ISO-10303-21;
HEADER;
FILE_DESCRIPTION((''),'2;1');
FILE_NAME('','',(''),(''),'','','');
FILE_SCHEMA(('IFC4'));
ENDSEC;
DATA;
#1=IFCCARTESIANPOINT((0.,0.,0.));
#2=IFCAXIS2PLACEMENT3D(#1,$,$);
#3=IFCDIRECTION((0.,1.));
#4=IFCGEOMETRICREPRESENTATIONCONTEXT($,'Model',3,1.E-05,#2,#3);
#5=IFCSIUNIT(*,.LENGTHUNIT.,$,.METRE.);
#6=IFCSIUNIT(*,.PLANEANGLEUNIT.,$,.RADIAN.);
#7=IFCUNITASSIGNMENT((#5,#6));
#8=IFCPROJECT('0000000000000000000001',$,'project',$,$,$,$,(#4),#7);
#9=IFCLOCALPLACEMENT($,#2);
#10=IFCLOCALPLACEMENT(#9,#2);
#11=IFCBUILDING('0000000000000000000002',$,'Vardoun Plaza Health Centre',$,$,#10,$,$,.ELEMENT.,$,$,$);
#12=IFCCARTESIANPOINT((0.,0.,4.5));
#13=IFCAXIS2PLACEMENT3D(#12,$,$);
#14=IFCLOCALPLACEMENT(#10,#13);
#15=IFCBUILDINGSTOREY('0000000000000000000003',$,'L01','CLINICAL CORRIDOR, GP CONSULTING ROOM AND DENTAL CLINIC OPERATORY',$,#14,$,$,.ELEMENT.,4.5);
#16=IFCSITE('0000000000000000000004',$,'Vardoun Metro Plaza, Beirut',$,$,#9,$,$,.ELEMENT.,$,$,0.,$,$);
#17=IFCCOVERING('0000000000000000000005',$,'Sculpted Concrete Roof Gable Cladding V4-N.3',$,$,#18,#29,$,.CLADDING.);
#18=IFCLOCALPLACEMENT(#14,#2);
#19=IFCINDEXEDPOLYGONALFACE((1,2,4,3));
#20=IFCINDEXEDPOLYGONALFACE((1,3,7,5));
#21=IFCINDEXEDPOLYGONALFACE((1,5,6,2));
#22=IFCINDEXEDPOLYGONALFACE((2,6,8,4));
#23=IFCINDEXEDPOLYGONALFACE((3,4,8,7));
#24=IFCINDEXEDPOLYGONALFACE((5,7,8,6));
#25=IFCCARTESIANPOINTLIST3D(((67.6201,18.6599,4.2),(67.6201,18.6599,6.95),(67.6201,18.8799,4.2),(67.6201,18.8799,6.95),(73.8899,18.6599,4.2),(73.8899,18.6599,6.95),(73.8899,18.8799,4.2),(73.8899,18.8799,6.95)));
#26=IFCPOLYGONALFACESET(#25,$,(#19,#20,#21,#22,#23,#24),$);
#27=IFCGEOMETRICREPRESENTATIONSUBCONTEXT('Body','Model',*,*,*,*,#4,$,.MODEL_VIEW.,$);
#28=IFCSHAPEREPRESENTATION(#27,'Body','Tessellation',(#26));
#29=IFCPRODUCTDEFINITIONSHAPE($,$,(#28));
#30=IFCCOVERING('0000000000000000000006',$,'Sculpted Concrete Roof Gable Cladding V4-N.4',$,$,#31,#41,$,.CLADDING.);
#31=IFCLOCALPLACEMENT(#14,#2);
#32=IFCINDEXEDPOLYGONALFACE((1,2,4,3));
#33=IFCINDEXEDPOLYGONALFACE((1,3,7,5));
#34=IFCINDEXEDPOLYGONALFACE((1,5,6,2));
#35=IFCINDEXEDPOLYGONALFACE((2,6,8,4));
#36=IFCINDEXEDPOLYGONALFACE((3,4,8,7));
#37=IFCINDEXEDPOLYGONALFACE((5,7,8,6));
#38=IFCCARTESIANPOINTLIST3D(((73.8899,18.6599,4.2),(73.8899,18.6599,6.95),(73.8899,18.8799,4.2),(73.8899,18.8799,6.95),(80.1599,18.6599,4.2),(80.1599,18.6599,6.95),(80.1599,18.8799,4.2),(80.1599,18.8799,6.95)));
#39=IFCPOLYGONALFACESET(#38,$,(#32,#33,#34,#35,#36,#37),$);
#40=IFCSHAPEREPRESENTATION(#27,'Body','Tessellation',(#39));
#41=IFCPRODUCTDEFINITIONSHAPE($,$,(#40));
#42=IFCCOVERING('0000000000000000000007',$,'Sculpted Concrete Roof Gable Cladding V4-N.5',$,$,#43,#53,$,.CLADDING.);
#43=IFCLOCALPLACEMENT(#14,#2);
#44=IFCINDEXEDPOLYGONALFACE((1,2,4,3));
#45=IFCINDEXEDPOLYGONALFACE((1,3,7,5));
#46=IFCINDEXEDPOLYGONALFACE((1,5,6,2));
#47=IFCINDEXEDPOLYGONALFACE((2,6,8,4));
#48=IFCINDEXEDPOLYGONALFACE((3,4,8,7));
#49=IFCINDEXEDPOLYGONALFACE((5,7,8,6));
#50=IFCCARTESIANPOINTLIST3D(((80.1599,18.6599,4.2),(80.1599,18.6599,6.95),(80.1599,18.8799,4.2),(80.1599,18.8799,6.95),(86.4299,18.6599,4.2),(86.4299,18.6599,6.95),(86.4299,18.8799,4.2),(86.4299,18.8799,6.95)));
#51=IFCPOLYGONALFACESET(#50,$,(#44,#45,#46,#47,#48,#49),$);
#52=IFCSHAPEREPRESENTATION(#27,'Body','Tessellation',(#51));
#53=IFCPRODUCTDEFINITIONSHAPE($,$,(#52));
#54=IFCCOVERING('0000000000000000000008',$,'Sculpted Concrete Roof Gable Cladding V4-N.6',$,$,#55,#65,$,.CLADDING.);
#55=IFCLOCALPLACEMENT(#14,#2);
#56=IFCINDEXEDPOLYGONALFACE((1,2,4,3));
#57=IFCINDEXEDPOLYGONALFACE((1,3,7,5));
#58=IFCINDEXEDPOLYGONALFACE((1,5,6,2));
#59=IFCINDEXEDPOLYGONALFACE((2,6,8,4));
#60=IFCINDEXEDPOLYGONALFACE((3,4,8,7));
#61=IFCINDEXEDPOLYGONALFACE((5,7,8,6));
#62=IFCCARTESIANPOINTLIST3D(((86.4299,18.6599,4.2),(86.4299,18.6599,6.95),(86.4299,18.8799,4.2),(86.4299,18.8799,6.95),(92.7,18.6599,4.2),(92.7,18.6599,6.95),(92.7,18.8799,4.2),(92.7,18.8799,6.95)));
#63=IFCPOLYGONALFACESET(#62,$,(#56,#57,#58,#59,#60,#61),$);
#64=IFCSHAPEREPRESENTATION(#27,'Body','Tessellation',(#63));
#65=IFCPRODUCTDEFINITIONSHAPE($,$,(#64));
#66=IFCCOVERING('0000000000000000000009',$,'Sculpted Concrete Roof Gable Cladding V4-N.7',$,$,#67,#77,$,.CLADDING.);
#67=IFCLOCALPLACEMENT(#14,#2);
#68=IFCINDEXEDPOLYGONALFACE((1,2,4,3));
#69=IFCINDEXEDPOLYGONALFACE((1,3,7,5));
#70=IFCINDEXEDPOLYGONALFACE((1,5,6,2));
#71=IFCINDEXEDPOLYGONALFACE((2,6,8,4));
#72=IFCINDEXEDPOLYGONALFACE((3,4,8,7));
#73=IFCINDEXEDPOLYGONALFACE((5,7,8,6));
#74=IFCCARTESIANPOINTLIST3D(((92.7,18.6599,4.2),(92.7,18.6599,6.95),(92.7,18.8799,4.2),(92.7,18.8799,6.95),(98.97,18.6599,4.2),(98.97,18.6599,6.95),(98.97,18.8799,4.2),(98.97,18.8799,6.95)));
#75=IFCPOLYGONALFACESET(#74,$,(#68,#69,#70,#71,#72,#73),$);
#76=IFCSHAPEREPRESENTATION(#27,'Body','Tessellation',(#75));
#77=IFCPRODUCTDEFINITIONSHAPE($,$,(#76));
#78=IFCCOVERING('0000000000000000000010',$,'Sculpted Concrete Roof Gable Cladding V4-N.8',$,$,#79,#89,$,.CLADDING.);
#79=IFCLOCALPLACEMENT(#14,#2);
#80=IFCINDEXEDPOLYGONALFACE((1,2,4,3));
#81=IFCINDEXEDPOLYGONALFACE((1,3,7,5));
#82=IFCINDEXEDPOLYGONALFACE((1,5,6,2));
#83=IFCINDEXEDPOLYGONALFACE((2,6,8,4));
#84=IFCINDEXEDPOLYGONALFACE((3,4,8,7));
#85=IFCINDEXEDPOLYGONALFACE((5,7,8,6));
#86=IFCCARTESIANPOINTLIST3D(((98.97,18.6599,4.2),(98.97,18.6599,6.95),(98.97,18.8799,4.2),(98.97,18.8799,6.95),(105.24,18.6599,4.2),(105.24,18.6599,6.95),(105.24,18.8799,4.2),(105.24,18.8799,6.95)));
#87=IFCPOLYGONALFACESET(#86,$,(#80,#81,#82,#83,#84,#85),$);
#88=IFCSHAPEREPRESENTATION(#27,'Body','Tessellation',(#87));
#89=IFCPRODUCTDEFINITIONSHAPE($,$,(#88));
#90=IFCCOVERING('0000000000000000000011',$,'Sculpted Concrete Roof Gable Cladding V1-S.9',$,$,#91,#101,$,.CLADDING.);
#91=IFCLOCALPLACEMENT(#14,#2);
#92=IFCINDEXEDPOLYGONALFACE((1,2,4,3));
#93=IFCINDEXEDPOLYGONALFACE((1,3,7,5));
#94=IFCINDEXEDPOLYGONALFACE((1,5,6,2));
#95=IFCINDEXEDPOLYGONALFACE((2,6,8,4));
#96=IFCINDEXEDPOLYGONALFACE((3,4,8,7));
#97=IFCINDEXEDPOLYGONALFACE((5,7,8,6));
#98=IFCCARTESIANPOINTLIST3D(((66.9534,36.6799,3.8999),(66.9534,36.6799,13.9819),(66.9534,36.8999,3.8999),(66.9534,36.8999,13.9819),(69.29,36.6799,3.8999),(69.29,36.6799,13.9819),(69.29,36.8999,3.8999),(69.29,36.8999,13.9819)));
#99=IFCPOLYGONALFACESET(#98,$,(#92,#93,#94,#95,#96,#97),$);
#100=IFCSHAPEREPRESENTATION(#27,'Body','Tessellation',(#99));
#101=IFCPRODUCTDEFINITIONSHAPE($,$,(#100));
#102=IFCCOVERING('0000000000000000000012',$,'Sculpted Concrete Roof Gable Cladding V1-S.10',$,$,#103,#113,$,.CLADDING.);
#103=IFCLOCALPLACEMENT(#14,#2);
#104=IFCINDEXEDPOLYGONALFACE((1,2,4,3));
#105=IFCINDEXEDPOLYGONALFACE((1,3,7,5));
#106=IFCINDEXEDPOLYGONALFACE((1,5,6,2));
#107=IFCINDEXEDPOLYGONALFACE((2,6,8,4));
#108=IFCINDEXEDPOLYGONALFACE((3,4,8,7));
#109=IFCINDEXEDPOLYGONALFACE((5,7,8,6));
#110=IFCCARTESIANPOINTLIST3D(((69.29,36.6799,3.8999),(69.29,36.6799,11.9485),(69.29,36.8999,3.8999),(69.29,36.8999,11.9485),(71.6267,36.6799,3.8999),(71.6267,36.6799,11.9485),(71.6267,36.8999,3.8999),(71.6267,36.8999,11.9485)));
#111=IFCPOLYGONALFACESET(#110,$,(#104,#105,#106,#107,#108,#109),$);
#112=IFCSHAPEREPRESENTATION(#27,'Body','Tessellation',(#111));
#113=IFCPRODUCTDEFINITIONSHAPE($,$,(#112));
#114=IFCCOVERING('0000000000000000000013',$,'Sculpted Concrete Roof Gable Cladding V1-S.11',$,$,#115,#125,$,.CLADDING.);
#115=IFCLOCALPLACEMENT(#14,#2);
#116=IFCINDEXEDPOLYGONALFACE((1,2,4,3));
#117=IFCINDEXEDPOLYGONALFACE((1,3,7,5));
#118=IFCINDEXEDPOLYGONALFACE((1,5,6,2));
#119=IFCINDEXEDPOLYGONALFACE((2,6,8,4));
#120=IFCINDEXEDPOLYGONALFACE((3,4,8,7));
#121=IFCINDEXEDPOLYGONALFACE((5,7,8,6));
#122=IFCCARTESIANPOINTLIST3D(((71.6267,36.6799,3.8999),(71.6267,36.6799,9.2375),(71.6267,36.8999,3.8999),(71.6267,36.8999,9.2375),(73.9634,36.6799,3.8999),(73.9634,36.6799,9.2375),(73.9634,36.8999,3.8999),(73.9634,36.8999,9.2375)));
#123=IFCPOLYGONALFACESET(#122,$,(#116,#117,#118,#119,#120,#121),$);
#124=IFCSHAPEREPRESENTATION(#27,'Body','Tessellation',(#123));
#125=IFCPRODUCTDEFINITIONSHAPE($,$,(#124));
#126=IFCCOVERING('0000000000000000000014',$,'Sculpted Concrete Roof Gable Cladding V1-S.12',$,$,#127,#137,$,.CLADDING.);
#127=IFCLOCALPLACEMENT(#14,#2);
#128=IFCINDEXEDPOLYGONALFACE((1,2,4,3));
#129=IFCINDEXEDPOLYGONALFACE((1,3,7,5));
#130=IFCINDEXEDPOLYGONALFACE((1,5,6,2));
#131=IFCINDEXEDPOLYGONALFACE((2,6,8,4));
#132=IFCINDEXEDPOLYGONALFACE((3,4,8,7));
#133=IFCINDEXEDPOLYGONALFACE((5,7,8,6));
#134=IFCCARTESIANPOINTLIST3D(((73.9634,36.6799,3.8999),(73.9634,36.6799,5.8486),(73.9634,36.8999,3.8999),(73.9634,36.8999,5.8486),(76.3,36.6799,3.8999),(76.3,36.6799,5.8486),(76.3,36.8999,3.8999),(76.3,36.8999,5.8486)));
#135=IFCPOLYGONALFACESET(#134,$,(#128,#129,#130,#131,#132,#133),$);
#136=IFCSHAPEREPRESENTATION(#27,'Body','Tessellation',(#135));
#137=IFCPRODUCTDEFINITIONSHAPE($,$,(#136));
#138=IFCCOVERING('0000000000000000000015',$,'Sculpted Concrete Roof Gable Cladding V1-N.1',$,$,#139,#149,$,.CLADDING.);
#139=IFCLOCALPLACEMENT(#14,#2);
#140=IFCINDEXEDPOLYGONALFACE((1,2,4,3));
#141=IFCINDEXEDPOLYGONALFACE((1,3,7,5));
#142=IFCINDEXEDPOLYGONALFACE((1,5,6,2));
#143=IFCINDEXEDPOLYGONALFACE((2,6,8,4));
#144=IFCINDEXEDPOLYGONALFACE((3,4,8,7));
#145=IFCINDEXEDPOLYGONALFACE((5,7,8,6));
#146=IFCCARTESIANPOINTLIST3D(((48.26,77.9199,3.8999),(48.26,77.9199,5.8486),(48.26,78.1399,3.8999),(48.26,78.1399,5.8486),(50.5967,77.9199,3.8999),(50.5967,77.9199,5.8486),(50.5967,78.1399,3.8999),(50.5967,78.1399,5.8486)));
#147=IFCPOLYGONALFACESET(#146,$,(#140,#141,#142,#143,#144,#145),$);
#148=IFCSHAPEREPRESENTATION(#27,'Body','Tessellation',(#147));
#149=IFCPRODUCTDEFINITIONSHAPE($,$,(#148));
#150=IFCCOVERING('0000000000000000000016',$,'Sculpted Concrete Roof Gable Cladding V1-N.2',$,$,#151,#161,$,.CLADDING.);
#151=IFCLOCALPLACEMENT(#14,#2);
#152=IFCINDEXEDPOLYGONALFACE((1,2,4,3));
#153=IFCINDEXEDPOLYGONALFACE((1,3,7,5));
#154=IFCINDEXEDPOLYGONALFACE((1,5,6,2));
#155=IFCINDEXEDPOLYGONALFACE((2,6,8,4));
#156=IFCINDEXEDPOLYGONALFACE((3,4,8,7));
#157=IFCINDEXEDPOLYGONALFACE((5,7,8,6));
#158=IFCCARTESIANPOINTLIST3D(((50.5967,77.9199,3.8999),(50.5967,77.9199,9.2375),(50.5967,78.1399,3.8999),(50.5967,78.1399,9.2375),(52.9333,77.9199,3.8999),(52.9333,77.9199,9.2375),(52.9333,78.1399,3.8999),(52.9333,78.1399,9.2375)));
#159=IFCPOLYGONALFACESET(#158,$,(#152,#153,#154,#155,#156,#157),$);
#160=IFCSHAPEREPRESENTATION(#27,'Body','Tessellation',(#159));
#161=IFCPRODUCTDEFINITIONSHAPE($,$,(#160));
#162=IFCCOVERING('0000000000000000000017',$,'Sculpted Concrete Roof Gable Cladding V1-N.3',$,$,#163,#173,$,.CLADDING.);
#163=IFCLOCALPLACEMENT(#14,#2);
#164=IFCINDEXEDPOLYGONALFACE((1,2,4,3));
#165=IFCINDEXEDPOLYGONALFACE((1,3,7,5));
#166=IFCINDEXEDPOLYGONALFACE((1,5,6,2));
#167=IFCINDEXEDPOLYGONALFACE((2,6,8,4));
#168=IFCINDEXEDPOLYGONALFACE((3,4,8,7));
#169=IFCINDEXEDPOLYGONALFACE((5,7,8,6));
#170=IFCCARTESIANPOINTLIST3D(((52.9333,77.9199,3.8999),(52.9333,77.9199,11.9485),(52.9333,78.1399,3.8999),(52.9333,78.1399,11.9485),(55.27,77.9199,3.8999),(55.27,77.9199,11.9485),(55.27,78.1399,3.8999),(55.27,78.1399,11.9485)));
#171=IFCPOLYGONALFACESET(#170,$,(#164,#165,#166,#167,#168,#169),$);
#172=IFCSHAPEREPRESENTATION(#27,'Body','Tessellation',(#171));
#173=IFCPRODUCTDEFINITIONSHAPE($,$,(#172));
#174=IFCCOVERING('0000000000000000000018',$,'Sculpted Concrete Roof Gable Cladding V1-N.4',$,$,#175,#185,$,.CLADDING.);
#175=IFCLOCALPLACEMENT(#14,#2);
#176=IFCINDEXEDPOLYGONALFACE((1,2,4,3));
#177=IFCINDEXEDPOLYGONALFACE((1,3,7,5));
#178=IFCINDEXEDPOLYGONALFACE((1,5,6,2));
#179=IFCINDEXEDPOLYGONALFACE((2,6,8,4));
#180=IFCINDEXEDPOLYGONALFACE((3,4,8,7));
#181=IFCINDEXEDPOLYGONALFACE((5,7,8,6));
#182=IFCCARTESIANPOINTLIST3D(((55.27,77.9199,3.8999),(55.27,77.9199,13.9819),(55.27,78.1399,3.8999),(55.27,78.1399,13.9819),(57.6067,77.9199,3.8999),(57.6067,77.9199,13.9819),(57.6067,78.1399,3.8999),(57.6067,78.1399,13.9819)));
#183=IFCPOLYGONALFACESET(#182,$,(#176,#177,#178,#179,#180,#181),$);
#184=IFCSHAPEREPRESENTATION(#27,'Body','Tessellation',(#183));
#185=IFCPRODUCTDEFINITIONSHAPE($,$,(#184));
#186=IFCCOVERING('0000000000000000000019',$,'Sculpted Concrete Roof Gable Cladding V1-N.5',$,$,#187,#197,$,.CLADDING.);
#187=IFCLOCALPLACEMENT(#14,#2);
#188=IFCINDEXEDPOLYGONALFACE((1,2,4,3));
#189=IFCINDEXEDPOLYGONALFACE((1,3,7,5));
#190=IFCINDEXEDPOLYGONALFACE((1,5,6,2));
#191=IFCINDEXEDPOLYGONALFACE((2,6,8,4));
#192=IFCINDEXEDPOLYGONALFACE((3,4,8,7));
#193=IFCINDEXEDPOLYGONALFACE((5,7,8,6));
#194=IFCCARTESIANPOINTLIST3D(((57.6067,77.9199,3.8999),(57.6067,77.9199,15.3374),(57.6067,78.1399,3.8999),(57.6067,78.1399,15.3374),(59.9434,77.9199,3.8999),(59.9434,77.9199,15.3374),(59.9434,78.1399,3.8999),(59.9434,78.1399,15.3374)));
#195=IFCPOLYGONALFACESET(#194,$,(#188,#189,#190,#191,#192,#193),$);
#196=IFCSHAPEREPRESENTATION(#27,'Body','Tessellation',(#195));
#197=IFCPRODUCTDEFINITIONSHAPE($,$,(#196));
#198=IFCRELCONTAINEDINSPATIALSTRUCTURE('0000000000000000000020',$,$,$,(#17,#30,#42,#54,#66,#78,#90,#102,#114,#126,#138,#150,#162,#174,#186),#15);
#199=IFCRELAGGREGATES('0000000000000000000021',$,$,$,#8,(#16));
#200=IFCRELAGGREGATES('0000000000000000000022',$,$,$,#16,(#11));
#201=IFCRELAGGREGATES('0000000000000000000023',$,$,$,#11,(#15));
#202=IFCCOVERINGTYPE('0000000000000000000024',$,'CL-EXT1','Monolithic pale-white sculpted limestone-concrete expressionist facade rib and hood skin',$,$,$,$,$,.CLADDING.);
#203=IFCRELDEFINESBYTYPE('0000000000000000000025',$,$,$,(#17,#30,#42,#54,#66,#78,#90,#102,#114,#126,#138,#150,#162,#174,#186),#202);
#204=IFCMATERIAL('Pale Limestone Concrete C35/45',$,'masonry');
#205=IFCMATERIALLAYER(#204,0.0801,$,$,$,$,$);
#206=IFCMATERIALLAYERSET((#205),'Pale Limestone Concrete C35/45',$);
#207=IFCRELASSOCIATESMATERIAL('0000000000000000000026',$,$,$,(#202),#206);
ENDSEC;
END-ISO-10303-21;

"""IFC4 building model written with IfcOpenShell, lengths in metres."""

from ifc_helpers import new_model, si_unit, direction, frame, origin, place, context, subcontext, project, spatial, polyline, outline, extrude, material, layer, layer_set, type_object, element, save


model = new_model("IFC4")

# Units and contexts
model_context = context("Model", 3, precision=1e-05, world=origin(), true_north=direction((0.0, 1.0)))
body_context = subcontext(model_context, "Body", "Model", "MODEL_VIEW")
ifc_project = project(units=[si_unit("LENGTHUNIT", "METRE"), si_unit("PLANEANGLEUNIT", "RADIAN")], contexts=[model_context])

# Site, building, storey
site_placement = place(None, origin())
site = spatial("IfcSite", under=ifc_project, at=site_placement, Name="Vardoun Metro Plaza, Beirut", CompositionType="ELEMENT", RefElevation=0.0)
building_placement = place(site_placement, origin())
building = spatial("IfcBuilding", under=site, at=building_placement, Name="Vardoun Plaza Health Centre", CompositionType="ELEMENT")
storey_placement = place(building_placement, frame((0.0, 0.0, 4.5)))
storey = spatial("IfcBuildingStorey", under=building, at=storey_placement, Name="L01", Description="CLINICAL CORRIDOR, GP CONSULTING ROOM AND DENTAL CLINIC OPERATORY", CompositionType="ELEMENT", Elevation=4.5)

# Coverings
ifc_material = material(Name="Pale Limestone Concrete C35/45", Category="masonry")
ifc_layer = layer(ifc_material, 0.0801)
ifc_layer_set = layer_set([ifc_layer], Name="Pale Limestone Concrete C35/45")
covering_type = type_object("IfcCoveringType", Name="CL-EXT1", Description="Monolithic pale-white sculpted limestone-concrete expressionist facade rib and hood skin", PredefinedType="CLADDING", material=ifc_layer_set)
covering_1_placement = place(storey_placement, frame((0.0, 0.0, 4.2)))
element("IfcCovering", 1, at=covering_1_placement, inside=storey, type_object=covering_type, Name="Sculpted Concrete Roof Gable Cladding V4-N.3", PredefinedType="CLADDING", context=body_context, shape_type="SweptSolid", body=[
    extrude(outline(polyline([(67.6201, 18.6599), (73.8899, 18.6599), (73.8899, 18.8799), (67.6201, 18.8799), (67.6201, 18.6599)])), origin(), (0.0, 0.0, 1.0), 2.75),
])
covering_2_placement = place(storey_placement, frame((0.0, 0.0, 4.2)))
element("IfcCovering", 2, at=covering_2_placement, inside=storey, type_object=covering_type, Name="Sculpted Concrete Roof Gable Cladding V4-N.4", PredefinedType="CLADDING", context=body_context, shape_type="SweptSolid", body=[
    extrude(outline(polyline([(73.8899, 18.6599), (80.1599, 18.6599), (80.1599, 18.8799), (73.8899, 18.8799), (73.8899, 18.6599)])), origin(), (0.0, 0.0, 1.0), 2.75),
])
covering_3_placement = place(storey_placement, frame((0.0, 0.0, 4.2)))
element("IfcCovering", 3, at=covering_3_placement, inside=storey, type_object=covering_type, Name="Sculpted Concrete Roof Gable Cladding V4-N.5", PredefinedType="CLADDING", context=body_context, shape_type="SweptSolid", body=[
    extrude(outline(polyline([(80.1599, 18.6599), (86.4299, 18.6599), (86.4299, 18.8799), (80.1599, 18.8799), (80.1599, 18.6599)])), origin(), (0.0, 0.0, 1.0), 2.75),
])
covering_4_placement = place(storey_placement, frame((0.0, 0.0, 4.2)))
element("IfcCovering", 4, at=covering_4_placement, inside=storey, type_object=covering_type, Name="Sculpted Concrete Roof Gable Cladding V4-N.6", PredefinedType="CLADDING", context=body_context, shape_type="SweptSolid", body=[
    extrude(outline(polyline([(86.4299, 18.6599), (92.7, 18.6599), (92.7, 18.8799), (86.4299, 18.8799), (86.4299, 18.6599)])), origin(), (0.0, 0.0, 1.0), 2.75),
])
covering_5_placement = place(storey_placement, frame((0.0, 0.0, 4.2)))
element("IfcCovering", 5, at=covering_5_placement, inside=storey, type_object=covering_type, Name="Sculpted Concrete Roof Gable Cladding V4-N.7", PredefinedType="CLADDING", context=body_context, shape_type="SweptSolid", body=[
    extrude(outline(polyline([(92.7, 18.6599), (98.97, 18.6599), (98.97, 18.8799), (92.7, 18.8799), (92.7, 18.6599)])), origin(), (0.0, 0.0, 1.0), 2.75),
])
covering_6_placement = place(storey_placement, frame((0.0, 0.0, 4.2)))
element("IfcCovering", 6, at=covering_6_placement, inside=storey, type_object=covering_type, Name="Sculpted Concrete Roof Gable Cladding V4-N.8", PredefinedType="CLADDING", context=body_context, shape_type="SweptSolid", body=[
    extrude(outline(polyline([(98.97, 18.6599), (105.24, 18.6599), (105.24, 18.8799), (98.97, 18.8799), (98.97, 18.6599)])), origin(), (0.0, 0.0, 1.0), 2.75),
])
covering_7_placement = place(storey_placement, frame((0.0, 0.0, 3.8999)))
element("IfcCovering", 7, at=covering_7_placement, inside=storey, type_object=covering_type, Name="Sculpted Concrete Roof Gable Cladding V1-S.9", PredefinedType="CLADDING", context=body_context, shape_type="SweptSolid", body=[
    extrude(outline(polyline([(66.9534, 36.6799), (69.29, 36.6799), (69.29, 36.8999), (66.9534, 36.8999), (66.9534, 36.6799)])), origin(), (0.0, 0.0, 1.0), 10.082),
])
covering_8_placement = place(storey_placement, frame((0.0, 0.0, 3.8999)))
element("IfcCovering", 8, at=covering_8_placement, inside=storey, type_object=covering_type, Name="Sculpted Concrete Roof Gable Cladding V1-S.10", PredefinedType="CLADDING", context=body_context, shape_type="SweptSolid", body=[
    extrude(outline(polyline([(69.29, 36.6799), (71.6267, 36.6799), (71.6267, 36.8999), (69.29, 36.8999), (69.29, 36.6799)])), origin(), (0.0, 0.0, 1.0), 8.0486),
])
covering_9_placement = place(storey_placement, frame((0.0, 0.0, 3.8999)))
element("IfcCovering", 9, at=covering_9_placement, inside=storey, type_object=covering_type, Name="Sculpted Concrete Roof Gable Cladding V1-S.11", PredefinedType="CLADDING", context=body_context, shape_type="SweptSolid", body=[
    extrude(outline(polyline([(71.6267, 36.6799), (73.9634, 36.6799), (73.9634, 36.8999), (71.6267, 36.8999), (71.6267, 36.6799)])), origin(), (0.0, 0.0, 1.0), 5.3376),
])
covering_10_placement = place(storey_placement, frame((0.0, 0.0, 3.8999)))
element("IfcCovering", 10, at=covering_10_placement, inside=storey, type_object=covering_type, Name="Sculpted Concrete Roof Gable Cladding V1-S.12", PredefinedType="CLADDING", context=body_context, shape_type="SweptSolid", body=[
    extrude(outline(polyline([(73.9634, 36.6799), (76.3, 36.6799), (76.3, 36.8999), (73.9634, 36.8999), (73.9634, 36.6799)])), origin(), (0.0, 0.0, 1.0), 1.9487),
])
covering_11_placement = place(storey_placement, frame((0.0, 0.0, 3.8999)))
element("IfcCovering", 11, at=covering_11_placement, inside=storey, type_object=covering_type, Name="Sculpted Concrete Roof Gable Cladding V1-N.1", PredefinedType="CLADDING", context=body_context, shape_type="SweptSolid", body=[
    extrude(outline(polyline([(48.26, 77.9199), (50.5967, 77.9199), (50.5967, 78.1399), (48.26, 78.1399), (48.26, 77.9199)])), origin(), (0.0, 0.0, 1.0), 1.9487),
])
covering_12_placement = place(storey_placement, frame((0.0, 0.0, 3.8999)))
element("IfcCovering", 12, at=covering_12_placement, inside=storey, type_object=covering_type, Name="Sculpted Concrete Roof Gable Cladding V1-N.2", PredefinedType="CLADDING", context=body_context, shape_type="SweptSolid", body=[
    extrude(outline(polyline([(50.5967, 77.9199), (52.9333, 77.9199), (52.9333, 78.1399), (50.5967, 78.1399), (50.5967, 77.9199)])), origin(), (0.0, 0.0, 1.0), 5.3376),
])
covering_13_placement = place(storey_placement, frame((0.0, 0.0, 3.8999)))
element("IfcCovering", 13, at=covering_13_placement, inside=storey, type_object=covering_type, Name="Sculpted Concrete Roof Gable Cladding V1-N.3", PredefinedType="CLADDING", context=body_context, shape_type="SweptSolid", body=[
    extrude(outline(polyline([(52.9333, 77.9199), (55.27, 77.9199), (55.27, 78.1399), (52.9333, 78.1399), (52.9333, 77.9199)])), origin(), (0.0, 0.0, 1.0), 8.0486),
])
covering_14_placement = place(storey_placement, frame((0.0, 0.0, 3.8999)))
element("IfcCovering", 14, at=covering_14_placement, inside=storey, type_object=covering_type, Name="Sculpted Concrete Roof Gable Cladding V1-N.4", PredefinedType="CLADDING", context=body_context, shape_type="SweptSolid", body=[
    extrude(outline(polyline([(55.27, 77.9199), (57.6067, 77.9199), (57.6067, 78.1399), (55.27, 78.1399), (55.27, 77.9199)])), origin(), (0.0, 0.0, 1.0), 10.082),
])
covering_15_placement = place(storey_placement, frame((0.0, 0.0, 3.8999)))
element("IfcCovering", 15, at=covering_15_placement, inside=storey, type_object=covering_type, Name="Sculpted Concrete Roof Gable Cladding V1-N.5", PredefinedType="CLADDING", context=body_context, shape_type="SweptSolid", body=[
    extrude(outline(polyline([(57.6067, 77.9199), (59.9434, 77.9199), (59.9434, 78.1399), (57.6067, 78.1399), (57.6067, 77.9199)])), origin(), (0.0, 0.0, 1.0), 11.4375),
])

save(model, "model.ifc")
